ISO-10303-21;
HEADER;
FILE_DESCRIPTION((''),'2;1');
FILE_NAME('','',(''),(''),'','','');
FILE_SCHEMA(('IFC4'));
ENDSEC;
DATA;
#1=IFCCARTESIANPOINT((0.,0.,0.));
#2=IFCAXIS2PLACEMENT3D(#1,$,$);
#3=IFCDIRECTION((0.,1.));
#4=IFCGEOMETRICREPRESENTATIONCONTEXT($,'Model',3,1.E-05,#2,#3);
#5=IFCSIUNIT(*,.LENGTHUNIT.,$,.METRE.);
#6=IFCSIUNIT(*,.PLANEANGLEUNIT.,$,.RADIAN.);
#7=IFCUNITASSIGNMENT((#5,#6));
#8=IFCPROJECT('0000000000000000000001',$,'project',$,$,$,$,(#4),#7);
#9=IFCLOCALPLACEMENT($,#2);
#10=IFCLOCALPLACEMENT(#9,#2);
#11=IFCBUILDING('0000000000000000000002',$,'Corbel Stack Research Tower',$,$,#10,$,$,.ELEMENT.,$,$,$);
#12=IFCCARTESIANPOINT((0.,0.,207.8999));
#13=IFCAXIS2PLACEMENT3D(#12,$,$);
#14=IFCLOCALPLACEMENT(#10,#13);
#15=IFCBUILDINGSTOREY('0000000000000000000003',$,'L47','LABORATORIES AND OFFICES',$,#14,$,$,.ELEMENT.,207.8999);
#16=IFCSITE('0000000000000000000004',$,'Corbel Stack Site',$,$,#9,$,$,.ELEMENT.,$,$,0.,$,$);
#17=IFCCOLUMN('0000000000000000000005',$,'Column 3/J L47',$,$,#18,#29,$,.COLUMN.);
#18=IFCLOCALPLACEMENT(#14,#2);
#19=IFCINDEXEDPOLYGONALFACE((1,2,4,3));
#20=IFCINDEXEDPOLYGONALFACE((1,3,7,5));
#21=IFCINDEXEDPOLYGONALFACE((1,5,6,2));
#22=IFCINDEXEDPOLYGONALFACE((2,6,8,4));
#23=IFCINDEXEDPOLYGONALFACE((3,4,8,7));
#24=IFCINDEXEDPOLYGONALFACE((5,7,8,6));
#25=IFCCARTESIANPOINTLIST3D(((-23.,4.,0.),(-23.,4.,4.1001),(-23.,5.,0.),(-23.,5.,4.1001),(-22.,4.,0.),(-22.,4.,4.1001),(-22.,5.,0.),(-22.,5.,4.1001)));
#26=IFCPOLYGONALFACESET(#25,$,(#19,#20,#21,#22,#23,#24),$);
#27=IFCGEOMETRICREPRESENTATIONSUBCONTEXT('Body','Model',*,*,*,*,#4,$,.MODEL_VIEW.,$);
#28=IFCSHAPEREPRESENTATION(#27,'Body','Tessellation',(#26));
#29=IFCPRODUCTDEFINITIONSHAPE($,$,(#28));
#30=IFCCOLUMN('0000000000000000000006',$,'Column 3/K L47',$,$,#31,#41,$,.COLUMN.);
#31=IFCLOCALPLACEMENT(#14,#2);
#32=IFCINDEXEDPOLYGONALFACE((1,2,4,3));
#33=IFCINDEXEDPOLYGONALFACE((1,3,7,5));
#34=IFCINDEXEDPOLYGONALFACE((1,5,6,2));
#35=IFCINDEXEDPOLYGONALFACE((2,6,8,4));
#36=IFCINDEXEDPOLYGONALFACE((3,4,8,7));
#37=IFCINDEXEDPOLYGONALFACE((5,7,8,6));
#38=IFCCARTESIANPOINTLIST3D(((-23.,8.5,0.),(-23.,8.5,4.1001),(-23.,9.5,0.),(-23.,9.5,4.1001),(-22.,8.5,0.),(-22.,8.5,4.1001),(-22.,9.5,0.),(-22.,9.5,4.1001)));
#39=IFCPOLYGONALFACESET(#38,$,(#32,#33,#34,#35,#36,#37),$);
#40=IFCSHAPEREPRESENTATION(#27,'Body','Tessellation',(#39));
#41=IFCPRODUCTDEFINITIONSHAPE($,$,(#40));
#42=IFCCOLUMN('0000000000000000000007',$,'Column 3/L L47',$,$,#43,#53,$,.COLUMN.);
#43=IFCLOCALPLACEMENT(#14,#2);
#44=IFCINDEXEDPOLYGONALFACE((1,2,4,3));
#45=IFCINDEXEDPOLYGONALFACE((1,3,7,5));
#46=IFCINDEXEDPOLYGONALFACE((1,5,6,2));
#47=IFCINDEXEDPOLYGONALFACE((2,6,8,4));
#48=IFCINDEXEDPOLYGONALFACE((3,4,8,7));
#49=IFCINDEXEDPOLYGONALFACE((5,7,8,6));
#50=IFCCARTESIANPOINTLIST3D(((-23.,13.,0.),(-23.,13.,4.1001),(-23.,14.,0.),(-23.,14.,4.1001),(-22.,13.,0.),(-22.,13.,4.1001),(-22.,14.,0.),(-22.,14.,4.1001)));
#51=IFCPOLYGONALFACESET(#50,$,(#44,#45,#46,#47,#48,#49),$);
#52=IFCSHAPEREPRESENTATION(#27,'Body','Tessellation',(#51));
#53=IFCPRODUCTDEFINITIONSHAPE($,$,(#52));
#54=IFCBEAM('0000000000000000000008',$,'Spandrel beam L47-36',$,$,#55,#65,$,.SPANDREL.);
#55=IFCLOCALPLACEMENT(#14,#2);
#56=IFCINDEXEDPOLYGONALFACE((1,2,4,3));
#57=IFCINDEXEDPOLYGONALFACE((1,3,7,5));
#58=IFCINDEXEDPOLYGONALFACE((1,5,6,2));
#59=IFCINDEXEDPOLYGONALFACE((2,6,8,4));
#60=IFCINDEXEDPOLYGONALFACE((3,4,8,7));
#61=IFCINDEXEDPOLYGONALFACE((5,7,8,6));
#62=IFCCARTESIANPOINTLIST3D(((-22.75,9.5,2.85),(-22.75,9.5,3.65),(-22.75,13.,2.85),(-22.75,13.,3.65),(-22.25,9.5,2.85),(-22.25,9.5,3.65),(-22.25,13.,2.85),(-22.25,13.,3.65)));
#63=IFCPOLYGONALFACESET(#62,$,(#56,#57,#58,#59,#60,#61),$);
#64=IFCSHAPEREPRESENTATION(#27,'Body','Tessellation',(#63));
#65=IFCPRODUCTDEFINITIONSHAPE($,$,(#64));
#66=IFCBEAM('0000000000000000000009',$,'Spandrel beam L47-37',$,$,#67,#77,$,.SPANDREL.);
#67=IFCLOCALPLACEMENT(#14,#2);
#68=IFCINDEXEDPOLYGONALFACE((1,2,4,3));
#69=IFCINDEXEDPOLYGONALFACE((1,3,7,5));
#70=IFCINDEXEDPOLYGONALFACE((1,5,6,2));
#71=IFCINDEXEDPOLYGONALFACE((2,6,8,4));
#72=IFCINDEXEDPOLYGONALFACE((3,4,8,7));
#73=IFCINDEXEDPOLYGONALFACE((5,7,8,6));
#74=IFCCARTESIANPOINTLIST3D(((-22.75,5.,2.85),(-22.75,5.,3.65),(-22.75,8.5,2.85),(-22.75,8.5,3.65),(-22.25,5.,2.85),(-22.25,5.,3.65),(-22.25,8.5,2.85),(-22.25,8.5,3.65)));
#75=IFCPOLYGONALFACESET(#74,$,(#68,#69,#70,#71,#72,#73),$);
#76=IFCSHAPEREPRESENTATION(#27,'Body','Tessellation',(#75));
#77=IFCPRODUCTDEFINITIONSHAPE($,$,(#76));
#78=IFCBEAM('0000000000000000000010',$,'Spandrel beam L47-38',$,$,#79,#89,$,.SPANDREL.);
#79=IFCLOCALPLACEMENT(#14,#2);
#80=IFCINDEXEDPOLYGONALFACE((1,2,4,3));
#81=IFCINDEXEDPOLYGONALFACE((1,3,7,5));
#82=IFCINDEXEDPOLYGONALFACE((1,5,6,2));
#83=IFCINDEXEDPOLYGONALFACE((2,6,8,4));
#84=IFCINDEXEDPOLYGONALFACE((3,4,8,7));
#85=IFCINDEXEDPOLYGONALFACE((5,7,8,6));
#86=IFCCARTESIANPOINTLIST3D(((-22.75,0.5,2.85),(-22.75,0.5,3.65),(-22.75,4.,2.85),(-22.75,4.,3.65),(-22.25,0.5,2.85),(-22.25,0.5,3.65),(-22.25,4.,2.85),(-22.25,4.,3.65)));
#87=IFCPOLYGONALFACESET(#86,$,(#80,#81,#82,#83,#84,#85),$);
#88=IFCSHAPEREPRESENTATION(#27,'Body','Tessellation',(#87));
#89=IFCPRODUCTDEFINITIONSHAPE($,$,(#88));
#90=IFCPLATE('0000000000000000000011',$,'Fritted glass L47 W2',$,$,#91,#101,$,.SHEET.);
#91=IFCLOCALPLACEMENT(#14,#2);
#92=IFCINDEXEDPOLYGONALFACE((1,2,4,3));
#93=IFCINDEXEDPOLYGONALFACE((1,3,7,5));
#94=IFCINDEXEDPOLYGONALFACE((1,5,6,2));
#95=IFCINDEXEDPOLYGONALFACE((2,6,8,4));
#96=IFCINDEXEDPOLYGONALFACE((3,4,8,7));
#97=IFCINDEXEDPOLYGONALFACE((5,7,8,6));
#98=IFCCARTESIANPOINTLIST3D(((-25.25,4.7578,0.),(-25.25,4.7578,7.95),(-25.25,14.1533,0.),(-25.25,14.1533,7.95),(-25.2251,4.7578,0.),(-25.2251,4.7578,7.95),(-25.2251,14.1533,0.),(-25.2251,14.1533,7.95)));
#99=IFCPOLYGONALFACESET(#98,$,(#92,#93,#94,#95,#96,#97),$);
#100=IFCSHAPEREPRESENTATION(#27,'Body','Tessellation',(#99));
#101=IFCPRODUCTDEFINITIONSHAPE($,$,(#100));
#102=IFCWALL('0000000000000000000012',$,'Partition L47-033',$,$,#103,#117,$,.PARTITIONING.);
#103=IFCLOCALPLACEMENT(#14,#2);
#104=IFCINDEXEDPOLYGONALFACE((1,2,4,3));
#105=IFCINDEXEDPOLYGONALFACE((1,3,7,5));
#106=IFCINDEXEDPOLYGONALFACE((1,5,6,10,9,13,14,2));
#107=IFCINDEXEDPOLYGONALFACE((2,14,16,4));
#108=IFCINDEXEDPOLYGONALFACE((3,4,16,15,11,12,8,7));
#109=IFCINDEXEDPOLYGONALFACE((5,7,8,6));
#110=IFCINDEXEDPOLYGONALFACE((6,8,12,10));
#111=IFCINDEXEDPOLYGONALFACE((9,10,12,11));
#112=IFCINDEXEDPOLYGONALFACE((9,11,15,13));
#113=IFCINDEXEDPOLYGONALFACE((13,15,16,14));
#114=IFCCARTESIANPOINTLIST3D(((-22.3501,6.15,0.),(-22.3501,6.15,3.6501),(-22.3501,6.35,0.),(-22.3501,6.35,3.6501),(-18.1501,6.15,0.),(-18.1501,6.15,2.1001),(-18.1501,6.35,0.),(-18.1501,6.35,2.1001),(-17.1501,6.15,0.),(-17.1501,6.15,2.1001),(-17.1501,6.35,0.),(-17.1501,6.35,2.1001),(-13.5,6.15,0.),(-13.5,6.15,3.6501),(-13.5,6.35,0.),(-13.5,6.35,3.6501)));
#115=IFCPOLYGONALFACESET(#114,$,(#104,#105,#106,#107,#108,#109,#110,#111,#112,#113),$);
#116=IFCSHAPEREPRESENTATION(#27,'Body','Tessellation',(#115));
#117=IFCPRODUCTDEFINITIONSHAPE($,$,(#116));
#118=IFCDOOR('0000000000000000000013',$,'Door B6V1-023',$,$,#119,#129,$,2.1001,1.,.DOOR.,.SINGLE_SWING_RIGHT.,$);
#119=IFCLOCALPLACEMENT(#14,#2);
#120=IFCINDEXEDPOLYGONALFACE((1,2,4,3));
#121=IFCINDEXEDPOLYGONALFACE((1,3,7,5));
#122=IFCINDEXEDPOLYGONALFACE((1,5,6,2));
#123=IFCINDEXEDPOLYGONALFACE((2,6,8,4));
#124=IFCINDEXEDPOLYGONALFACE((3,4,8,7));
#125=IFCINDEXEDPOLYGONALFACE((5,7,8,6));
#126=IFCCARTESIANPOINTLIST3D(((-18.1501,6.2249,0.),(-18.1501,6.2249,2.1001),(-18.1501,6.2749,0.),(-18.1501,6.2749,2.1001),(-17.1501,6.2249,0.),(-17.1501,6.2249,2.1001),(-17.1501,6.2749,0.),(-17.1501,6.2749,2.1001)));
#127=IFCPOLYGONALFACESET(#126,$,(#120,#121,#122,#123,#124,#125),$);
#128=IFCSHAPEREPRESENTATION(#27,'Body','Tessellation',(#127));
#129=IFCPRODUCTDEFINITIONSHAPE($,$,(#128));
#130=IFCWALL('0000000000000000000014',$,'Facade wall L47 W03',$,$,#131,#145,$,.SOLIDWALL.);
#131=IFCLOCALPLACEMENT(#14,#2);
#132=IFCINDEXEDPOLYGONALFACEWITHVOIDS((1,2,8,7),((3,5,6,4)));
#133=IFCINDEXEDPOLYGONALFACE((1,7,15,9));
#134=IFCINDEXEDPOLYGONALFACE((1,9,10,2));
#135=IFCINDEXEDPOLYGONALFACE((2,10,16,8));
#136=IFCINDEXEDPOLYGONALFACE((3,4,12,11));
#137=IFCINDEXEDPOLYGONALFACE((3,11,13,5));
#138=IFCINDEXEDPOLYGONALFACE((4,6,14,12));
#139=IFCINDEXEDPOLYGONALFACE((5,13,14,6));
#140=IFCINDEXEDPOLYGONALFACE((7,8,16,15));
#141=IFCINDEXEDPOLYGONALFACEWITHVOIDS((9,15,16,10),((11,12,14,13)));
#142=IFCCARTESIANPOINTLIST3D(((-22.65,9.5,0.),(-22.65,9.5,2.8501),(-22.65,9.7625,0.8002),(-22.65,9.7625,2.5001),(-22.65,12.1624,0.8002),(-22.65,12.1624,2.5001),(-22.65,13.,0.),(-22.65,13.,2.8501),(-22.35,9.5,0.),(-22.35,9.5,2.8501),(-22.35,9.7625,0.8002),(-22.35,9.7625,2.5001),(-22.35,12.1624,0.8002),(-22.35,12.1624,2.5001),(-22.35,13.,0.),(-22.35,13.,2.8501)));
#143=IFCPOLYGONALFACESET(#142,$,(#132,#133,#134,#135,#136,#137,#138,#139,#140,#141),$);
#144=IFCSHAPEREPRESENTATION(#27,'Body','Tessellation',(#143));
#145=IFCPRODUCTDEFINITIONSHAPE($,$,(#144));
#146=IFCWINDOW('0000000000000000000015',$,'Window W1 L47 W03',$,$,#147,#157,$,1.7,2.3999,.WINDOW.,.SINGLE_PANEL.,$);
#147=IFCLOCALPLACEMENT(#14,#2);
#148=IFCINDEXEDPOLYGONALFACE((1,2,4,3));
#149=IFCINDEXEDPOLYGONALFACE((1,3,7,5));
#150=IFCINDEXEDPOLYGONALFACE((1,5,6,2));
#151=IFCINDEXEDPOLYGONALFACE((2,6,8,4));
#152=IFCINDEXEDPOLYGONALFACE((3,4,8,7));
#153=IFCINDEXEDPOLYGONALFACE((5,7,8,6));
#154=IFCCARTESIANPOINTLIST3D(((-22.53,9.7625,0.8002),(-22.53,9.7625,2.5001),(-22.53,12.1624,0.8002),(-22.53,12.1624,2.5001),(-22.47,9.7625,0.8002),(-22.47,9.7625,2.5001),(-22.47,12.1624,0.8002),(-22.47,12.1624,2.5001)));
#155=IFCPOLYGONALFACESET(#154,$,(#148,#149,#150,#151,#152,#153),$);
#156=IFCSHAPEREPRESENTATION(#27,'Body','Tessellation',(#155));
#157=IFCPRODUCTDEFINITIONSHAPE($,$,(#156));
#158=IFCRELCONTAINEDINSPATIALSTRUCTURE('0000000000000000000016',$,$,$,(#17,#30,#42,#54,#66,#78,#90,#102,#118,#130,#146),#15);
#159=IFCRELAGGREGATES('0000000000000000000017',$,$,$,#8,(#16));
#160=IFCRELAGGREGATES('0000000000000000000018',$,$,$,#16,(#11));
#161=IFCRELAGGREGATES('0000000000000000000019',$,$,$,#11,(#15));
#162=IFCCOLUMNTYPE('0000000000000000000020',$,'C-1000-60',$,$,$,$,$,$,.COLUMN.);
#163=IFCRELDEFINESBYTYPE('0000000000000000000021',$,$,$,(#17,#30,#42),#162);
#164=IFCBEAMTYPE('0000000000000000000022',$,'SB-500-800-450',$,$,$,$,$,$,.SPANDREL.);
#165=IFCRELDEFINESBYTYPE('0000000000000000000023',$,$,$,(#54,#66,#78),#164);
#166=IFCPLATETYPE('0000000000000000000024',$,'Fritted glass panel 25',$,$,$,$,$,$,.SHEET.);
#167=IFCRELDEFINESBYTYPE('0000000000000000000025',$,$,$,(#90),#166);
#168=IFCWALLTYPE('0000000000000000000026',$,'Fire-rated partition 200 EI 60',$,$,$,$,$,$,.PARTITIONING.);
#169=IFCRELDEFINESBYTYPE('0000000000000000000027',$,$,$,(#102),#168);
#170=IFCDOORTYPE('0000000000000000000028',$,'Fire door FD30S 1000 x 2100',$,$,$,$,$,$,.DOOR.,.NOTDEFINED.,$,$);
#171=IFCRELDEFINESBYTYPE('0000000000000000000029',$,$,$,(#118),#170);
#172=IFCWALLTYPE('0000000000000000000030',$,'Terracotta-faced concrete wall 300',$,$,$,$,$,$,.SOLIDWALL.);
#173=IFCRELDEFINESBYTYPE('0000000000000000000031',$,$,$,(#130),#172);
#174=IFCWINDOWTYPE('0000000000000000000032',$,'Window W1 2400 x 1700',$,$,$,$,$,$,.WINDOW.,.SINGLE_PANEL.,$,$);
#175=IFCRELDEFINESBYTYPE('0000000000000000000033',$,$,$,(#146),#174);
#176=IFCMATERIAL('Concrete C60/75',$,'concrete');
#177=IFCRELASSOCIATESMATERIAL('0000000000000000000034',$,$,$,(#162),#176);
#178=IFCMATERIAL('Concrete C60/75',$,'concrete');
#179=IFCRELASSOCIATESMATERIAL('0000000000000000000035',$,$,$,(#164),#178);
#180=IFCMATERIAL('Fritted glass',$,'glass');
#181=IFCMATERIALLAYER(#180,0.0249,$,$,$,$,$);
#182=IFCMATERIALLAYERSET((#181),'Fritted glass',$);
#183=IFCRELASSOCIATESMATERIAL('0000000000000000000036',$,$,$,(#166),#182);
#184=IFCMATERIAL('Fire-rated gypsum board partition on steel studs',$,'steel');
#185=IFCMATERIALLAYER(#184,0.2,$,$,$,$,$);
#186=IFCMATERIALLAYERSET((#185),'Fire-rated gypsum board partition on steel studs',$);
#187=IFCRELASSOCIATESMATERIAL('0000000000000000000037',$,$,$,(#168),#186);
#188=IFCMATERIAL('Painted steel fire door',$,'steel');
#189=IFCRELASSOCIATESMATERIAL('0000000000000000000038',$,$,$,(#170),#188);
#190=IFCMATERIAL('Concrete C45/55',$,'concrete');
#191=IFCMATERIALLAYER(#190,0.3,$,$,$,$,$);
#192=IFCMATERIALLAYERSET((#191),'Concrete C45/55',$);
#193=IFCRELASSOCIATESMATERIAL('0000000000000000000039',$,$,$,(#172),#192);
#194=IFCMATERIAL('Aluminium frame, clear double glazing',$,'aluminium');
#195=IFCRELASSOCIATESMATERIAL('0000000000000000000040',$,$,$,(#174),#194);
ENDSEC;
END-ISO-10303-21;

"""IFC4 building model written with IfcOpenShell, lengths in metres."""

from ifc_helpers import new_model, si_unit, direction, frame, frame_2d, origin, origin_2d, place, context, subcontext, project, spatial, rectangle, extrude, material, layer, layer_set, material_profile, profile_set, type_object, element, fill, save


model = new_model("IFC4")

# Units and contexts
model_context = context("Model", 3, precision=1e-05, world=origin(), true_north=direction((0.0, 1.0)))
body_context = subcontext(model_context, "Body", "Model", "MODEL_VIEW")
ifc_project = project(units=[si_unit("LENGTHUNIT", "METRE"), si_unit("PLANEANGLEUNIT", "RADIAN")], contexts=[model_context])

# Site, building, storey
site_placement = place(None, origin())
site = spatial("IfcSite", under=ifc_project, at=site_placement, Name="Corbel Stack Site", CompositionType="ELEMENT", RefElevation=0.0)
building_placement = place(site_placement, origin())
building = spatial("IfcBuilding", under=site, at=building_placement, Name="Corbel Stack Research Tower", CompositionType="ELEMENT")
storey_placement = place(building_placement, frame((0.0, 0.0, 207.8999)))
storey = spatial("IfcBuildingStorey", under=building, at=storey_placement, Name="L47", Description="LABORATORIES AND OFFICES", CompositionType="ELEMENT", Elevation=207.8999)

# Columns
ifc_material_1 = material(Name="Concrete C60/75", Category="concrete")
ifc_material_profile_1 = material_profile(ifc_material_1, rectangle(XDim=1.0, YDim=1.0, at=origin_2d()), Name="RC 1000 x 1000")
ifc_profile_set_1 = profile_set([ifc_material_profile_1], Name="Concrete C60/75")
column_type = type_object("IfcColumnType", Name="C-1000-60", PredefinedType="COLUMN", material=ifc_profile_set_1)
for number, where, z_axis, x_axis, name in (
    (1, (-22.5, 4.5, 0.0), (0.0, 0.0, 1.0), (1.0, 0.0, 0.0), "Column 3/J L47"),
    (2, (-22.5, 9.0, 0.0), (0.0, 0.0, 1.0), (1.0, 0.0, 0.0), "Column 3/K L47"),
    (3, (-22.5, 13.5, 0.0), (0.0, 0.0, 1.0), (1.0, 0.0, 0.0), "Column 3/L L47"),
):
    element("IfcColumn", number, at=place(storey_placement, frame(where, z_axis=z_axis, x_axis=x_axis)), inside=storey, type_object=column_type, Name=name, PredefinedType="COLUMN", context=body_context, shape_type="SweptSolid", body=[
        extrude(rectangle(XDim=1.0, YDim=1.0, at=origin_2d()), origin(), (0.0, 0.0, 1.0), 4.1001),
    ])

# Beams
ifc_material_2 = material(Name="Concrete C60/75", Category="concrete")
ifc_material_profile_2 = material_profile(ifc_material_2, rectangle(XDim=0.5, YDim=0.8, at=origin_2d()), Name="RC 500 x 800")
ifc_profile_set_2 = profile_set([ifc_material_profile_2], Name="Concrete C60/75")
beam_type = type_object("IfcBeamType", Name="SB-500-800-450", PredefinedType="SPANDREL", material=ifc_profile_set_2)
for number, where, z_axis, x_axis, name in (
    (4, (-22.5, 13.0, 3.25), (0.0, -1.0, 0.0), (1.0, 0.0, 0.0), "Spandrel beam L47-36"),
    (5, (-22.5, 8.5, 3.25), (0.0, -1.0, 0.0), (1.0, 0.0, 0.0), "Spandrel beam L47-37"),
    (6, (-22.5, 4.0, 3.25), (0.0, -1.0, 0.0), (1.0, 0.0, 0.0), "Spandrel beam L47-38"),
):
    element("IfcBeam", number, at=place(storey_placement, frame(where, z_axis=z_axis, x_axis=x_axis)), inside=storey, type_object=beam_type, Name=name, PredefinedType="SPANDREL", context=body_context, shape_type="SweptSolid", body=[
        extrude(rectangle(XDim=0.5, YDim=0.8, at=origin_2d()), origin(), (0.0, 0.0, 1.0), 3.5),
    ])

# Plate
ifc_material_3 = material(Name="Fritted glass", Category="glass")
ifc_layer_1 = layer(ifc_material_3, 0.0249)
ifc_layer_set_1 = layer_set([ifc_layer_1], Name="Fritted glass")
plate_type = type_object("IfcPlateType", Name="Fritted glass panel 25", PredefinedType="SHEET", material=ifc_layer_set_1)
plate_placement = place(storey_placement, frame((-25.2375, 9.4556, 0.0), z_axis=(0.0, 0.0, 1.0), x_axis=(0.0, -1.0, 0.0)))
element("IfcPlate", 7, at=plate_placement, inside=storey, type_object=plate_type, Name="Fritted glass L47 W2", PredefinedType="SHEET", context=body_context, shape_type="SweptSolid", body=[
    extrude(rectangle(XDim=9.3955, YDim=0.0249, at=origin_2d()), origin(), (0.0, 0.0, 1.0), 7.95),
])

# Wall, opening, door
ifc_material_4 = material(Name="Fire-rated gypsum board partition on steel studs", Category="steel")
ifc_layer_2 = layer(ifc_material_4, 0.2)
ifc_layer_set_2 = layer_set([ifc_layer_2], Name="Fire-rated gypsum board partition on steel studs")
wall_type_1 = type_object("IfcWallType", Name="Fire-rated partition 200 EI 60", PredefinedType="PARTITIONING", material=ifc_layer_set_2)
wall_1_placement = place(storey_placement, frame((-22.3501, 6.25, 0.0), z_axis=(0.0, 0.0, 1.0), x_axis=(1.0, 0.0, 0.0)))
wall_1 = element("IfcWall", 8, at=wall_1_placement, inside=storey, type_object=wall_type_1, Name="Partition L47-033", PredefinedType="PARTITIONING", context=body_context, shape_type="SweptSolid", body=[
    extrude(rectangle(XDim=8.8501, YDim=0.2, at=frame_2d((4.425, 0.0))), origin(), (0.0, 0.0, 1.0), 3.6501),
])
opening_1_placement = place(wall_1_placement, frame((4.2, 0.0, 0.0)))
opening_1 = element("IfcOpeningElement", 9, at=opening_1_placement, cuts=wall_1, PredefinedType="OPENING", context=body_context, shape_type="SweptSolid", body=[
    extrude(rectangle(XDim=1.0, YDim=2.1001, at=frame_2d((0.5, 1.05))), frame((0.0, 0.1099, 0.0), z_axis=(0.0, -1.0, 0.0), x_axis=(1.0, 0.0, 0.0)), (0.0, 0.0, 1.0), 0.22),
])
ifc_material_5 = material(Name="Painted steel fire door", Category="steel")
door_type = type_object("IfcDoorType", Name="Fire door FD30S 1000 x 2100", OperationType="NOTDEFINED", PredefinedType="DOOR", material=ifc_material_5)
door_placement = place(opening_1_placement, origin())
door = element("IfcDoor", 10, at=door_placement, inside=storey, type_object=door_type, Name="Door B6V1-023", OperationType="SINGLE_SWING_RIGHT", OverallHeight=2.1001, OverallWidth=1.0, PredefinedType="DOOR", context=body_context, shape_type="SweptSolid", body=[
    extrude(rectangle(XDim=1.0, YDim=2.1001, at=frame_2d((0.5, 1.05))), frame((0.0, 0.0249, 0.0), z_axis=(0.0, -1.0, 0.0), x_axis=(1.0, 0.0, 0.0)), (0.0, 0.0, 1.0), 0.05),
])
fill(opening_1, door)

# Wall, opening, window
ifc_material_6 = material(Name="Concrete C45/55", Category="concrete")
ifc_layer_3 = layer(ifc_material_6, 0.3)
ifc_layer_set_3 = layer_set([ifc_layer_3], Name="Concrete C45/55")
wall_type_2 = type_object("IfcWallType", Name="Terracotta-faced concrete wall 300", PredefinedType="SOLIDWALL", material=ifc_layer_set_3)
wall_2_placement = place(storey_placement, frame((-22.5, 9.5, 0.0), z_axis=(0.0, 0.0, 1.0), x_axis=(0.0, 1.0, 0.0)))
wall_2 = element("IfcWall", 11, at=wall_2_placement, inside=storey, type_object=wall_type_2, Name="Facade wall L47 W03", PredefinedType="SOLIDWALL", context=body_context, shape_type="SweptSolid", body=[
    extrude(rectangle(XDim=3.5, YDim=0.3, at=frame_2d((1.75, 0.0))), origin(), (0.0, 0.0, 1.0), 2.8501),
])
opening_2_placement = place(wall_2_placement, frame((0.2625, 0.0, 0.8)))
opening_2 = element("IfcOpeningElement", 12, at=opening_2_placement, cuts=wall_2, PredefinedType="OPENING", context=body_context, shape_type="SweptSolid", body=[
    extrude(rectangle(XDim=2.3999, YDim=1.7, at=frame_2d((1.2, 0.8501))), frame((0.0, 0.1599, 0.0), z_axis=(0.0, -1.0, 0.0), x_axis=(1.0, 0.0, 0.0)), (0.0, 0.0, 1.0), 0.3201),
])
ifc_material_7 = material(Name="Aluminium frame, clear double glazing", Category="aluminium")
window_type_1 = type_object("IfcWindowType", Name="Window W1 2400 x 1700", PartitioningType="SINGLE_PANEL", PredefinedType="WINDOW", material=ifc_material_7)
window_1_placement = place(opening_2_placement, origin())
window_1 = element("IfcWindow", 13, at=window_1_placement, inside=storey, type_object=window_type_1, Name="Window W1 L47 W03", OverallHeight=1.7, OverallWidth=2.3999, PartitioningType="SINGLE_PANEL", PredefinedType="WINDOW", context=body_context, shape_type="SweptSolid", body=[
    extrude(rectangle(XDim=2.3999, YDim=1.7, at=frame_2d((1.2, 0.8501))), frame((0.0, 0.03, 0.0), z_axis=(0.0, -1.0, 0.0), x_axis=(1.0, 0.0, 0.0)), (0.0, 0.0, 1.0), 0.0601),
])
fill(opening_2, window_1)

save(model, "model.ifc")
